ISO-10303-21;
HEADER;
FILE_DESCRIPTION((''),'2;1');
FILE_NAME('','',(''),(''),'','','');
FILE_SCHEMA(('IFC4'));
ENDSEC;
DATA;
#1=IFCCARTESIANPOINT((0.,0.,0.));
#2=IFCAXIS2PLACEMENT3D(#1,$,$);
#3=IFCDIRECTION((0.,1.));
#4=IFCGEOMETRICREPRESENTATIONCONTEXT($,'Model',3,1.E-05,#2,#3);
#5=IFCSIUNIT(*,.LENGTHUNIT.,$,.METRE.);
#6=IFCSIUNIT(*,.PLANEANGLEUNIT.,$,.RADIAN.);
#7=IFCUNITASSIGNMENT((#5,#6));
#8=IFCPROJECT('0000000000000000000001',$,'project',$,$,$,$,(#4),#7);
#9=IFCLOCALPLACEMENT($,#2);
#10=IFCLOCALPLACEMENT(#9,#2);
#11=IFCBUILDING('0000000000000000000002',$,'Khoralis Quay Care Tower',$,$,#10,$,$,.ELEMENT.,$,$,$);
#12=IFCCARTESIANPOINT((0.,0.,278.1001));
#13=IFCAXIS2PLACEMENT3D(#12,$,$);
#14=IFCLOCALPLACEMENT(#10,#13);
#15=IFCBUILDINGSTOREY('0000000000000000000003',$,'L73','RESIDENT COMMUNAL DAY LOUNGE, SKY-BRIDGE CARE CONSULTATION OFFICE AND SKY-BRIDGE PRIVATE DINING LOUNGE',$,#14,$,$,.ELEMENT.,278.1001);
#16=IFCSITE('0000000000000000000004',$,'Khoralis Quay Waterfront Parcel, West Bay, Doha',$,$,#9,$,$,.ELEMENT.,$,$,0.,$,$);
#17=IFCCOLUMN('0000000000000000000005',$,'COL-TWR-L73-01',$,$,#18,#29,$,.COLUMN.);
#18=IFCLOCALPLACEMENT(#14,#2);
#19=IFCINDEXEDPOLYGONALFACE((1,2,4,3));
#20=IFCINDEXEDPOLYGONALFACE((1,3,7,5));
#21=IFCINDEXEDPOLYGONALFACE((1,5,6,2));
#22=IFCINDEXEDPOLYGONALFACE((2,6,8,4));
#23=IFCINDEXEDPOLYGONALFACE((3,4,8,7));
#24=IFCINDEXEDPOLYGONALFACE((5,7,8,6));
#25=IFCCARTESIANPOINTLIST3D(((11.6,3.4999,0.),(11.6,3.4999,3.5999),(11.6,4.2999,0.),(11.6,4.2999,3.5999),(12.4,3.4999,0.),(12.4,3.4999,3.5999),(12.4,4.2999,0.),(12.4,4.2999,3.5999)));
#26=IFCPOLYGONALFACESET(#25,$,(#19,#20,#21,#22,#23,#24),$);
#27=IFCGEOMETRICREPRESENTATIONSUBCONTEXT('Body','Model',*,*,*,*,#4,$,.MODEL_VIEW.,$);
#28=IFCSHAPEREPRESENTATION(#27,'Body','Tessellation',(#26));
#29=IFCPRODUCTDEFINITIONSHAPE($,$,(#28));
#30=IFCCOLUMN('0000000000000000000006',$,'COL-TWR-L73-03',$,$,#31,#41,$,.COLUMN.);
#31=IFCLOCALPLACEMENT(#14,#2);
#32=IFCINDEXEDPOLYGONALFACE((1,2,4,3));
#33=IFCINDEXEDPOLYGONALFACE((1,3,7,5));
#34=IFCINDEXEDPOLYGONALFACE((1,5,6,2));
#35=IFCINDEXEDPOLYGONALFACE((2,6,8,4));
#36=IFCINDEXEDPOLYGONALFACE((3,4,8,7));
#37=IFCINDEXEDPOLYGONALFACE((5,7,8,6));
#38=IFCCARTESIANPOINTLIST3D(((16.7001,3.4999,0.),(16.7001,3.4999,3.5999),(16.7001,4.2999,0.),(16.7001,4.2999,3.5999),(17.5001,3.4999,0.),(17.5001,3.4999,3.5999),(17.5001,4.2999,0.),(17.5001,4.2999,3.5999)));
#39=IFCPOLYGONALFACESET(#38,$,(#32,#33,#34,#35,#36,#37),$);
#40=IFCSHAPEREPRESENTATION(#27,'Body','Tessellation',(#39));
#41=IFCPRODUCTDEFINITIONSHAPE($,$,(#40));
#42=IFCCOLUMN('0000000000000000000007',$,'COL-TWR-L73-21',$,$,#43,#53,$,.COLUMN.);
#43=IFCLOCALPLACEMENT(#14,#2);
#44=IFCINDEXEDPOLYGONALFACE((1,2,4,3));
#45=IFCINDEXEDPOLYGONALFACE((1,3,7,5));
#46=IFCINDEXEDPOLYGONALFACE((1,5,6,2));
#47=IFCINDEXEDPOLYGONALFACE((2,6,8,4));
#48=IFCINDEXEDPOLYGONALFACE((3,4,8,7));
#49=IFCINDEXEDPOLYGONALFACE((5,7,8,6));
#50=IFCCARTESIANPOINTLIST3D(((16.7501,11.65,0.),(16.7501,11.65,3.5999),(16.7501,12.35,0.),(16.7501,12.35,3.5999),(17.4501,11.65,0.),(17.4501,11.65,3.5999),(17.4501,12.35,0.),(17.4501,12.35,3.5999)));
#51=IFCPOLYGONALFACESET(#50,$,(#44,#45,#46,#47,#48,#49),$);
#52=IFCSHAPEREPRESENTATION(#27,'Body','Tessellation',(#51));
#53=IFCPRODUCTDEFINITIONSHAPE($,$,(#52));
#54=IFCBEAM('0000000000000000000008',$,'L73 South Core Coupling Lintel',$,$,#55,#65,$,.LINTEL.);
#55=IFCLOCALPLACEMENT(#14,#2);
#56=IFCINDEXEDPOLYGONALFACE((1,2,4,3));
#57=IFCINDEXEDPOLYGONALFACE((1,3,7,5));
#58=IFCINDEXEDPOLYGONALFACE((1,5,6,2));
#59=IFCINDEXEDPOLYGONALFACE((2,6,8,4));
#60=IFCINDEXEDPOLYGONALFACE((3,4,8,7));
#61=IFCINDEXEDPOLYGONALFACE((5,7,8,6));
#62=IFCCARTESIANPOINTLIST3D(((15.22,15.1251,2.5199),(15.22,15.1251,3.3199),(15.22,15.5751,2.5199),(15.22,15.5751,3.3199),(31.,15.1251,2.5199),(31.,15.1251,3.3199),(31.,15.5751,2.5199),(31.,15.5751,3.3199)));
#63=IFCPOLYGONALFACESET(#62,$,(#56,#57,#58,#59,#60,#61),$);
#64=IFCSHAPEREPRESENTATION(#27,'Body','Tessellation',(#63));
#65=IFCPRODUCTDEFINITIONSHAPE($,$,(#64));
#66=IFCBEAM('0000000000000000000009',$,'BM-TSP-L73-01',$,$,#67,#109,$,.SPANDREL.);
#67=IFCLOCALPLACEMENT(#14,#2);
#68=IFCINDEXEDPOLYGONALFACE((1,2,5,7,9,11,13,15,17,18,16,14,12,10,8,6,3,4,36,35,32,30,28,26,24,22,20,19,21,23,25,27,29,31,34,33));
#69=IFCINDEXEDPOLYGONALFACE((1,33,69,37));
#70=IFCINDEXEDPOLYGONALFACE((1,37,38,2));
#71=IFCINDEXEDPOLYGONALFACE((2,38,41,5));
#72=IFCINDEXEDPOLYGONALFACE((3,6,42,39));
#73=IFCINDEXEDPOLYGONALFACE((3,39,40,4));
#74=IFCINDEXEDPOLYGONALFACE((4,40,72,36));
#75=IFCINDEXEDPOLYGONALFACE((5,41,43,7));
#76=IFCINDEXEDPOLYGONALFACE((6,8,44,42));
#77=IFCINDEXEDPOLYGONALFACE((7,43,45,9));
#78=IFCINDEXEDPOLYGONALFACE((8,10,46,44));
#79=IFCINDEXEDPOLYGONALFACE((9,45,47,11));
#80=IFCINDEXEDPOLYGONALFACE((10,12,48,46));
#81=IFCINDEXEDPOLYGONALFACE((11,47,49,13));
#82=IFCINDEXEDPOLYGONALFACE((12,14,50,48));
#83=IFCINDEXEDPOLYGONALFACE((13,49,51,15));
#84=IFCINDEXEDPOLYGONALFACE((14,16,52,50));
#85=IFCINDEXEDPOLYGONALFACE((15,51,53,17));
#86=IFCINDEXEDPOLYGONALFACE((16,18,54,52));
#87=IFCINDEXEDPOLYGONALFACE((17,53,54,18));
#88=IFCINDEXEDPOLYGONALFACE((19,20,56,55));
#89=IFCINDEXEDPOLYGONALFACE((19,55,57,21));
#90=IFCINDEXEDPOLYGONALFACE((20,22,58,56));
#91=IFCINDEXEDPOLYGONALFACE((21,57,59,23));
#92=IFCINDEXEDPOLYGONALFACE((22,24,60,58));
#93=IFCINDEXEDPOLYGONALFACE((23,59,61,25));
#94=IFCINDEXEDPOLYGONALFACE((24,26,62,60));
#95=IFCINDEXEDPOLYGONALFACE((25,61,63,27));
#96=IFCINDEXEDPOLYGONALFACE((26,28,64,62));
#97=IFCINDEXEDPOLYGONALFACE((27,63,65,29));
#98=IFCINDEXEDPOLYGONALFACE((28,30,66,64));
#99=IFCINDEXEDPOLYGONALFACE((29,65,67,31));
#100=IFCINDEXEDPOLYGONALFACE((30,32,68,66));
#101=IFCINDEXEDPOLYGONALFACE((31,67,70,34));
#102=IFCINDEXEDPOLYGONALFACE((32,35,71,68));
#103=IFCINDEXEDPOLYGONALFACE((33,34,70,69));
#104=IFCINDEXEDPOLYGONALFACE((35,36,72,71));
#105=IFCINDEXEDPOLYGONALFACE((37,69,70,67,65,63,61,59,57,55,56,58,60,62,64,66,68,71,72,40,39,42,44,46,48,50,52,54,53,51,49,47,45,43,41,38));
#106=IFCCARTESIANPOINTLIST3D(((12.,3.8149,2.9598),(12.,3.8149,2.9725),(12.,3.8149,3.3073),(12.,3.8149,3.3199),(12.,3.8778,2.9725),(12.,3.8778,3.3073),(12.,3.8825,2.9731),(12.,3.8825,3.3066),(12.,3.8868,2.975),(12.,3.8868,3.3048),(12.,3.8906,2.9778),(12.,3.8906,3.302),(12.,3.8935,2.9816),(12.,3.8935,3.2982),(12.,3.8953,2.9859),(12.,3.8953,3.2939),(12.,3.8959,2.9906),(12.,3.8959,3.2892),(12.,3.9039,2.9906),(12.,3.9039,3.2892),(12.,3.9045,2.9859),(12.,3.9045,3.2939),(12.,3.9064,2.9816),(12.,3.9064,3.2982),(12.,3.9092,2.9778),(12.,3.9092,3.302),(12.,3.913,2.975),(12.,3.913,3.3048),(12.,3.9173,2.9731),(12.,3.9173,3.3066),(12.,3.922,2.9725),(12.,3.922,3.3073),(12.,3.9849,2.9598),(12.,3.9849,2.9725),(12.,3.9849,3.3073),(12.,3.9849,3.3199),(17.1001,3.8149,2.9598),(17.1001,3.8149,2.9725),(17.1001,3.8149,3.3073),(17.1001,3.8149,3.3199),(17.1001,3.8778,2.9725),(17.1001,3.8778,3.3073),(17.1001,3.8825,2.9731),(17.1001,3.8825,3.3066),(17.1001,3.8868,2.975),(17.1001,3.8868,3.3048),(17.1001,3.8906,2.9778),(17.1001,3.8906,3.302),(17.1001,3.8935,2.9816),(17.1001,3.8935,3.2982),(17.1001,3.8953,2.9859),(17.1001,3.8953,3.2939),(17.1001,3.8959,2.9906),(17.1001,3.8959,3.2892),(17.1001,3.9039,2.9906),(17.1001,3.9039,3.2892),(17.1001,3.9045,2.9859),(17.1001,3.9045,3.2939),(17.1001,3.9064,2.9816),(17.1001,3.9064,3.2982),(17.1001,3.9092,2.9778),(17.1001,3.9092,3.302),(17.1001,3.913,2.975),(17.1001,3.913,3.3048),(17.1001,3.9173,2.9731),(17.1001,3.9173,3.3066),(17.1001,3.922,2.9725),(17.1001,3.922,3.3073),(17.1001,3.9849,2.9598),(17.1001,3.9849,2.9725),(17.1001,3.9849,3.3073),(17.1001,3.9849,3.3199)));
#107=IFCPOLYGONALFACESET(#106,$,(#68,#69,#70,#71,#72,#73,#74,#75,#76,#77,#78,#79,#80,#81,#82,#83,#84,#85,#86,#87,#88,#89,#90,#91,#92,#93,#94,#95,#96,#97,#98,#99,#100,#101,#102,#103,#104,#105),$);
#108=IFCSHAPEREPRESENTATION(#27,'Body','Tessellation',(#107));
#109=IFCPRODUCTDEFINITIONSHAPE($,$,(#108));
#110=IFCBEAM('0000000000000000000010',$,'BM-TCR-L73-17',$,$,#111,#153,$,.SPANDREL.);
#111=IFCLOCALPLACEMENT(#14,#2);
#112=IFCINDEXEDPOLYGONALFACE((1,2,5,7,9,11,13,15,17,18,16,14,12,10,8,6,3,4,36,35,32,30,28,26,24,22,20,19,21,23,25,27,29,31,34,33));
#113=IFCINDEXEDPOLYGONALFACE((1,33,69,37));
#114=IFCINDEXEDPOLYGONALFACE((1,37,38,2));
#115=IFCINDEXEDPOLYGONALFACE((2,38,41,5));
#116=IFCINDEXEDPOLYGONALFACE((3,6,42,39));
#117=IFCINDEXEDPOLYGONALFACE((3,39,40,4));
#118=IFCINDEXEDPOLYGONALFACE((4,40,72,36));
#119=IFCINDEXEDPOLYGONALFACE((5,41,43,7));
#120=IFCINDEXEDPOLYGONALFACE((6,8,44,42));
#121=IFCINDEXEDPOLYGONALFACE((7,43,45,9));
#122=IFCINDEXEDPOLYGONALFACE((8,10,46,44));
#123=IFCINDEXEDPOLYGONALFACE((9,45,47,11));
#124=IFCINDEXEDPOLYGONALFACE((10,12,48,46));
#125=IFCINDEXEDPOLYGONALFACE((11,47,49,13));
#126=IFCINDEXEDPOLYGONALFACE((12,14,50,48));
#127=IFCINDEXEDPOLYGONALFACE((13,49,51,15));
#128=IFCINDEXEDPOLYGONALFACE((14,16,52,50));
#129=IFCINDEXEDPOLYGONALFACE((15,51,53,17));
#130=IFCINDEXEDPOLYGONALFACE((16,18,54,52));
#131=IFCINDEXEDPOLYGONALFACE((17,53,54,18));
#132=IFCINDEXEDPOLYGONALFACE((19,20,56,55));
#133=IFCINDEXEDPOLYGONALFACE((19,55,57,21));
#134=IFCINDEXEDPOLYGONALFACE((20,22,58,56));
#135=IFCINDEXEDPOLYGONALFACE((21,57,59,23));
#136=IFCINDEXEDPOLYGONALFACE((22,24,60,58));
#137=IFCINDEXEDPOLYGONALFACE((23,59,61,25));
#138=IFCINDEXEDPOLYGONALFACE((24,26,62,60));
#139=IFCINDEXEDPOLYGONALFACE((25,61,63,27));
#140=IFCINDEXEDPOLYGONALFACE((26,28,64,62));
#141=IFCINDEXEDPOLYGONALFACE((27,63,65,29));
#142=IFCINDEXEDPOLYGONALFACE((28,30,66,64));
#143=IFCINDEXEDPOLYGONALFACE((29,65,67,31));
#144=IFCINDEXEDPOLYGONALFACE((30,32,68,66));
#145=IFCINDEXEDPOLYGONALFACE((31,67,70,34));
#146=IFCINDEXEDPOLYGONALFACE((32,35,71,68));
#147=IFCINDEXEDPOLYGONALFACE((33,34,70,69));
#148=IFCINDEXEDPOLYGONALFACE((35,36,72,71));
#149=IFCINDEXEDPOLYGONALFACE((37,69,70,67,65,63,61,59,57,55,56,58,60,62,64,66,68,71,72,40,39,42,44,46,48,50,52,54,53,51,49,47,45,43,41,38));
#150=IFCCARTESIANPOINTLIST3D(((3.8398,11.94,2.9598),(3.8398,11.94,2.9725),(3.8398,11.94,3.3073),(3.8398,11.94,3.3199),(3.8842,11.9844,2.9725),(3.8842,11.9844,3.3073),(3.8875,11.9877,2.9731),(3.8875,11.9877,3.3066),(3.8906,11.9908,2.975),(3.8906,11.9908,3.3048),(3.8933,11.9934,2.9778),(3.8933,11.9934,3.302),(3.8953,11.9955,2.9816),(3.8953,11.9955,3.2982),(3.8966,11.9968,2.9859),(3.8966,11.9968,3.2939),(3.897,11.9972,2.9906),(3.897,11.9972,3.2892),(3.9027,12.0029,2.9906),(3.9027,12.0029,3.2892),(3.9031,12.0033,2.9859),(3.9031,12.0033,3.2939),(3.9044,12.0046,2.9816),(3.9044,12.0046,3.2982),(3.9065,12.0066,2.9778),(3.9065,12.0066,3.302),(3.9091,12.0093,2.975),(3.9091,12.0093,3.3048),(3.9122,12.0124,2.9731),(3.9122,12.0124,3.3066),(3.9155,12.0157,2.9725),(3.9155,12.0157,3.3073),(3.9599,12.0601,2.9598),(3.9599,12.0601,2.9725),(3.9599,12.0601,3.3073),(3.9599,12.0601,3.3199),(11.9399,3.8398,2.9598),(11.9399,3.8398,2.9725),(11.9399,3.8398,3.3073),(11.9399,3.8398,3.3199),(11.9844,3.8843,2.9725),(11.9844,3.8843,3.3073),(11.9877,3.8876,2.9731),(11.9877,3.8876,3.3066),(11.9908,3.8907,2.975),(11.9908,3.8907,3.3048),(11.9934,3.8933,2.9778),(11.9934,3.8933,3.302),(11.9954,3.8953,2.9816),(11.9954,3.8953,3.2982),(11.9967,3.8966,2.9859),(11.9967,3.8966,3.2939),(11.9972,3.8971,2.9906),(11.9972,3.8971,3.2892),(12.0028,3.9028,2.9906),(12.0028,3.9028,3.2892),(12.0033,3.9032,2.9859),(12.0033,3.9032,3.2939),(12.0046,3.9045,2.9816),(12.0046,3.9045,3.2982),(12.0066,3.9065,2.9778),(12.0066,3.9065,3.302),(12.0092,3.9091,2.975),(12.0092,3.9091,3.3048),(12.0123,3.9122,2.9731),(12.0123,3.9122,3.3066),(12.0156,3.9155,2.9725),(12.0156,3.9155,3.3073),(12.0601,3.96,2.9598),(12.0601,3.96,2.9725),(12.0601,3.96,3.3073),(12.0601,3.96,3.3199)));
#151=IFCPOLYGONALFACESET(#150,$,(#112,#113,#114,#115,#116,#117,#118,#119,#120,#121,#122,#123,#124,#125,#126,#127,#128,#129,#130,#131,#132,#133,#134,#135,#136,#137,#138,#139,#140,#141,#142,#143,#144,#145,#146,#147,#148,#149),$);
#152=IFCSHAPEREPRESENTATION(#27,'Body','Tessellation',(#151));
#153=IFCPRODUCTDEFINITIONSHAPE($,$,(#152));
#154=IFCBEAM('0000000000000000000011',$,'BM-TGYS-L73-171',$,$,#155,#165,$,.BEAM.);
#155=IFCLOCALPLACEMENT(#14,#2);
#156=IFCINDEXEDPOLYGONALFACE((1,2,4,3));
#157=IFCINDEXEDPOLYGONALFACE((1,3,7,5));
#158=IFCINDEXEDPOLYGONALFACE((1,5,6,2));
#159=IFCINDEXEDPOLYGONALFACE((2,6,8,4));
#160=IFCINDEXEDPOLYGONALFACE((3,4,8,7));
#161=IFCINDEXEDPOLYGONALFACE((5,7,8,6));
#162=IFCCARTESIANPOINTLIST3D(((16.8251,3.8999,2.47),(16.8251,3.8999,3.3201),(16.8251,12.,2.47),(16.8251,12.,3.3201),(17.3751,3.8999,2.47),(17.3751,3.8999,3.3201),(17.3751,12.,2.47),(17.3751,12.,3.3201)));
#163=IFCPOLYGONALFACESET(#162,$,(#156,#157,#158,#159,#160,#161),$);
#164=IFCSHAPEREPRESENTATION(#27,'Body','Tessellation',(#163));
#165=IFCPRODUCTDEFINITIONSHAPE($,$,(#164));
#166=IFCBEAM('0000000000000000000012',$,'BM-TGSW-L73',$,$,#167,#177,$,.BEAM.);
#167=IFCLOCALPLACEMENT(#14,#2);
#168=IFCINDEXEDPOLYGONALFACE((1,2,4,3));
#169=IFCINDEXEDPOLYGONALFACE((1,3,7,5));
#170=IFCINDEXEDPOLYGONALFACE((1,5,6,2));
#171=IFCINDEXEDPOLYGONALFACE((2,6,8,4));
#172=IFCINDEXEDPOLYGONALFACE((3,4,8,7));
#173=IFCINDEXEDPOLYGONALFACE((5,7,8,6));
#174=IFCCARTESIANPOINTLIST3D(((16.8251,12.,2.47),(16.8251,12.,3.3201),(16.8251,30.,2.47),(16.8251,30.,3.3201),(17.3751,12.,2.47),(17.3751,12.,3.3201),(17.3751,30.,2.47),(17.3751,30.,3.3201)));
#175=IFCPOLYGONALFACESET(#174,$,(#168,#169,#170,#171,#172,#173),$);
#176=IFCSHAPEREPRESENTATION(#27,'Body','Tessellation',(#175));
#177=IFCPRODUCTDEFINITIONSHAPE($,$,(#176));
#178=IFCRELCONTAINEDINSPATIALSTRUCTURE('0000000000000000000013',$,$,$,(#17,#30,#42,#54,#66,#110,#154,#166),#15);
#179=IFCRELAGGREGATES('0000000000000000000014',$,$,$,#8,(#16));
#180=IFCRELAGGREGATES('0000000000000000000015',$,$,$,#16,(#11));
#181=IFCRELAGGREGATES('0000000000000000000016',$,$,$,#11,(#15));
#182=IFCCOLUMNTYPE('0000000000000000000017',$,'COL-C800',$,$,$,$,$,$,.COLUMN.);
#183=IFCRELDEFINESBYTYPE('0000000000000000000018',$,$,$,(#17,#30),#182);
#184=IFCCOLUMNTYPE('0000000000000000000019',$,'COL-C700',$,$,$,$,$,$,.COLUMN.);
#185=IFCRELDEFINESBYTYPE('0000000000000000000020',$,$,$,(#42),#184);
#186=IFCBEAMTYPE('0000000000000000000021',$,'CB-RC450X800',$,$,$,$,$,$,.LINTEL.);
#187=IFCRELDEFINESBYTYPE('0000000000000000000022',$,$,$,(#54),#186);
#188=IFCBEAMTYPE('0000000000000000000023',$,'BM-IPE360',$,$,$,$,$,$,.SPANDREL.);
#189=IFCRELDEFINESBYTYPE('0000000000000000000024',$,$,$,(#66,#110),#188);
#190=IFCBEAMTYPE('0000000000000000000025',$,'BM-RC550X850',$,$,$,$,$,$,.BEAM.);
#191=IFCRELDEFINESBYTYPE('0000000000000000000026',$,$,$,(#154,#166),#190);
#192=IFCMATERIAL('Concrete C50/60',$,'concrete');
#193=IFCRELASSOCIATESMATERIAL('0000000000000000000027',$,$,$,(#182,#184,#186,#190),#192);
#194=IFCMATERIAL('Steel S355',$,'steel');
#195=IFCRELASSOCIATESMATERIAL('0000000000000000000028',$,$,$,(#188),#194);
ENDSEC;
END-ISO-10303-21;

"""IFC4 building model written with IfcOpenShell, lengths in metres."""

from ifc_helpers import new_model, si_unit, direction, frame, origin, origin_2d, place, context, subcontext, project, spatial, rectangle, i_section, extrude, source, transform, mapped, material, material_profile, profile_set, type_object, element, save


model = new_model("IFC4")

# Units and contexts
model_context = context("Model", 3, precision=1e-05, world=origin(), true_north=direction((0.0, 1.0)))
body_context = subcontext(model_context, "Body", "Model", "MODEL_VIEW")
ifc_project = project(units=[si_unit("LENGTHUNIT", "METRE"), si_unit("PLANEANGLEUNIT", "RADIAN")], contexts=[model_context])

# Site, building, storey
site_placement = place(None, origin())
site = spatial("IfcSite", under=ifc_project, at=site_placement, Name="Khoralis Quay Waterfront Parcel, West Bay, Doha", CompositionType="ELEMENT", RefElevation=0.0)
building_placement = place(site_placement, origin())
building = spatial("IfcBuilding", under=site, at=building_placement, Name="Khoralis Quay Care Tower", CompositionType="ELEMENT")
storey_placement = place(building_placement, frame((0.0, 0.0, 278.1001)))
storey = spatial("IfcBuildingStorey", under=building, at=storey_placement, Name="L73", Description="RESIDENT COMMUNAL DAY LOUNGE, SKY-BRIDGE CARE CONSULTATION OFFICE AND SKY-BRIDGE PRIVATE DINING LOUNGE", CompositionType="ELEMENT", Elevation=278.1001)

# Columns
ifc_material_1 = material(Name="Concrete C50/60", Category="concrete")
ifc_material_profile_1 = material_profile(ifc_material_1, rectangle(XDim=0.8, YDim=0.8, at=origin_2d()), Name="Concrete C50/60")
ifc_profile_set_1 = profile_set([ifc_material_profile_1], Name="Concrete C50/60")
column_type_1 = type_object("IfcColumnType", Name="COL-C800", PredefinedType="COLUMN", material=ifc_profile_set_1)
shared_shape_1 = source(origin(), body_context, "Body", "SweptSolid", [
    extrude(rectangle(XDim=0.8, YDim=0.8, at=origin_2d()), origin(), (0.0, 0.0, 1.0), 3.5999),
])
for number, where, z_axis, x_axis, name in (
    (1, (12.0, 3.8999, 0.0), (0.0, 0.0, 1.0), (1.0, 0.0, 0.0), "COL-TWR-L73-01"),
    (2, (17.1001, 3.8999, 0.0), (0.0, 0.0, 1.0), (1.0, 0.0, 0.0), "COL-TWR-L73-03"),
):
    element("IfcColumn", number, at=place(storey_placement, frame(where, z_axis=z_axis, x_axis=x_axis)), inside=storey, type_object=column_type_1, Name=name, PredefinedType="COLUMN", context=body_context, shape_type="MappedRepresentation", body=[
        mapped(shared_shape_1, transform((0.0, 0.0, 0.0), scale=1.0)),
    ])
ifc_material_profile_2 = material_profile(ifc_material_1, rectangle(XDim=0.7, YDim=0.7, at=origin_2d()), Name="Concrete C50/60")
ifc_profile_set_2 = profile_set([ifc_material_profile_2], Name="Concrete C50/60")
column_type_2 = type_object("IfcColumnType", Name="COL-C700", PredefinedType="COLUMN", material=ifc_profile_set_2)
shared_shape_2 = source(origin(), body_context, "Body", "SweptSolid", [
    extrude(rectangle(XDim=0.7, YDim=0.7, at=origin_2d()), origin(), (0.0, 0.0, 1.0), 3.5999),
])
column_placement = place(storey_placement, frame((17.1001, 12.0, 0.0), z_axis=(0.0, 0.0, 1.0), x_axis=(1.0, 0.0, 0.0)))
element("IfcColumn", 3, at=column_placement, inside=storey, type_object=column_type_2, Name="COL-TWR-L73-21", PredefinedType="COLUMN", context=body_context, shape_type="MappedRepresentation", body=[
    mapped(shared_shape_2, transform((0.0, 0.0, 0.0), scale=1.0)),
])

# Beams
ifc_material_profile_3 = material_profile(ifc_material_1, rectangle(XDim=0.45, YDim=0.8, at=origin_2d()), Name="Concrete C50/60")
ifc_profile_set_3 = profile_set([ifc_material_profile_3], Name="Concrete C50/60")
beam_type_1 = type_object("IfcBeamType", Name="CB-RC450X800", PredefinedType="LINTEL", material=ifc_profile_set_3)
shared_shape_3 = source(origin(), body_context, "Body", "SweptSolid", [
    extrude(rectangle(XDim=0.45, YDim=0.8, at=origin_2d()), origin(), (0.0, 0.0, 1.0), 15.78),
])
beam_1_placement = place(storey_placement, frame((15.22, 15.3501, 2.9199), z_axis=(1.0, 0.0, 0.0), x_axis=(0.0, 1.0, 0.0)))
element("IfcBeam", 4, at=beam_1_placement, inside=storey, type_object=beam_type_1, Name="L73 South Core Coupling Lintel", PredefinedType="LINTEL", context=body_context, shape_type="MappedRepresentation", body=[
    mapped(shared_shape_3, transform((0.0, 0.0, 0.0), scale=1.0)),
])
ifc_material_2 = material(Name="Steel S355", Category="steel")
ifc_material_profile_4 = material_profile(ifc_material_2, i_section(OverallWidth=0.1699, OverallDepth=0.3601, WebThickness=0.0081, FlangeThickness=0.0127, FilletRadius=0.0181, at=origin_2d()), Name="Steel S355")
ifc_profile_set_4 = profile_set([ifc_material_profile_4], Name="Steel S355")
beam_type_2 = type_object("IfcBeamType", Name="BM-IPE360", PredefinedType="SPANDREL", material=ifc_profile_set_4)
shared_shape_4 = source(origin(), body_context, "Body", "SweptSolid", [
    extrude(i_section(OverallWidth=0.1699, OverallDepth=0.3601, WebThickness=0.0081, FlangeThickness=0.0127, FilletRadius=0.0181, at=origin_2d()), origin(), (0.0, 0.0, 1.0), 5.1001),
])
beam_2_placement = place(storey_placement, frame((12.0, 3.8999, 3.1399), z_axis=(1.0, 0.0, 0.0), x_axis=(0.0, 1.0, 0.0)))
element("IfcBeam", 5, at=beam_2_placement, inside=storey, type_object=beam_type_2, Name="BM-TSP-L73-01", PredefinedType="SPANDREL", context=body_context, shape_type="MappedRepresentation", body=[
    mapped(shared_shape_4, transform((0.0, 0.0, 0.0), scale=1.0)),
])
shared_shape_5 = source(origin(), body_context, "Body", "SweptSolid", [
    extrude(i_section(OverallWidth=0.1699, OverallDepth=0.3601, WebThickness=0.0081, FlangeThickness=0.0127, FilletRadius=0.0181, at=origin_2d()), origin(), (0.0, 0.0, 1.0), 11.4553),
])
beam_3_placement = place(storey_placement, frame((12.0, 3.8999, 3.1399), z_axis=(-0.707107, 0.707107, 0.0), x_axis=(-0.707107, -0.707107, 0.0)))
element("IfcBeam", 6, at=beam_3_placement, inside=storey, type_object=beam_type_2, Name="BM-TCR-L73-17", PredefinedType="SPANDREL", context=body_context, shape_type="MappedRepresentation", body=[
    mapped(shared_shape_5, transform((0.0, 0.0, 0.0), scale=1.0)),
])
ifc_material_profile_5 = material_profile(ifc_material_1, rectangle(XDim=0.55, YDim=0.8501, at=origin_2d()), Name="Concrete C50/60")
ifc_profile_set_5 = profile_set([ifc_material_profile_5], Name="Concrete C50/60")
beam_type_3 = type_object("IfcBeamType", Name="BM-RC550X850", PredefinedType="BEAM", material=ifc_profile_set_5)
shared_shape_6 = source(origin(), body_context, "Body", "SweptSolid", [
    extrude(rectangle(XDim=0.55, YDim=0.8501, at=origin_2d()), origin(), (0.0, 0.0, 1.0), 8.1001),
])
beam_4_placement = place(storey_placement, frame((17.1001, 3.8999, 2.895), z_axis=(0.0, 1.0, 0.0), x_axis=(-1.0, 0.0, 0.0)))
element("IfcBeam", 7, at=beam_4_placement, inside=storey, type_object=beam_type_3, Name="BM-TGYS-L73-171", PredefinedType="BEAM", context=body_context, shape_type="MappedRepresentation", body=[
    mapped(shared_shape_6, transform((0.0, 0.0, 0.0), scale=1.0)),
])
shared_shape_7 = source(origin(), body_context, "Body", "SweptSolid", [
    extrude(rectangle(XDim=0.55, YDim=0.8501, at=origin_2d()), origin(), (0.0, 0.0, 1.0), 18.0),
])
beam_5_placement = place(storey_placement, frame((17.1001, 12.0, 2.895), z_axis=(0.0, 1.0, 0.0), x_axis=(-1.0, 0.0, 0.0)))
element("IfcBeam", 8, at=beam_5_placement, inside=storey, type_object=beam_type_3, Name="BM-TGSW-L73", PredefinedType="BEAM", context=body_context, shape_type="MappedRepresentation", body=[
    mapped(shared_shape_7, transform((0.0, 0.0, 0.0), scale=1.0)),
])

save(model, "model.ifc")
